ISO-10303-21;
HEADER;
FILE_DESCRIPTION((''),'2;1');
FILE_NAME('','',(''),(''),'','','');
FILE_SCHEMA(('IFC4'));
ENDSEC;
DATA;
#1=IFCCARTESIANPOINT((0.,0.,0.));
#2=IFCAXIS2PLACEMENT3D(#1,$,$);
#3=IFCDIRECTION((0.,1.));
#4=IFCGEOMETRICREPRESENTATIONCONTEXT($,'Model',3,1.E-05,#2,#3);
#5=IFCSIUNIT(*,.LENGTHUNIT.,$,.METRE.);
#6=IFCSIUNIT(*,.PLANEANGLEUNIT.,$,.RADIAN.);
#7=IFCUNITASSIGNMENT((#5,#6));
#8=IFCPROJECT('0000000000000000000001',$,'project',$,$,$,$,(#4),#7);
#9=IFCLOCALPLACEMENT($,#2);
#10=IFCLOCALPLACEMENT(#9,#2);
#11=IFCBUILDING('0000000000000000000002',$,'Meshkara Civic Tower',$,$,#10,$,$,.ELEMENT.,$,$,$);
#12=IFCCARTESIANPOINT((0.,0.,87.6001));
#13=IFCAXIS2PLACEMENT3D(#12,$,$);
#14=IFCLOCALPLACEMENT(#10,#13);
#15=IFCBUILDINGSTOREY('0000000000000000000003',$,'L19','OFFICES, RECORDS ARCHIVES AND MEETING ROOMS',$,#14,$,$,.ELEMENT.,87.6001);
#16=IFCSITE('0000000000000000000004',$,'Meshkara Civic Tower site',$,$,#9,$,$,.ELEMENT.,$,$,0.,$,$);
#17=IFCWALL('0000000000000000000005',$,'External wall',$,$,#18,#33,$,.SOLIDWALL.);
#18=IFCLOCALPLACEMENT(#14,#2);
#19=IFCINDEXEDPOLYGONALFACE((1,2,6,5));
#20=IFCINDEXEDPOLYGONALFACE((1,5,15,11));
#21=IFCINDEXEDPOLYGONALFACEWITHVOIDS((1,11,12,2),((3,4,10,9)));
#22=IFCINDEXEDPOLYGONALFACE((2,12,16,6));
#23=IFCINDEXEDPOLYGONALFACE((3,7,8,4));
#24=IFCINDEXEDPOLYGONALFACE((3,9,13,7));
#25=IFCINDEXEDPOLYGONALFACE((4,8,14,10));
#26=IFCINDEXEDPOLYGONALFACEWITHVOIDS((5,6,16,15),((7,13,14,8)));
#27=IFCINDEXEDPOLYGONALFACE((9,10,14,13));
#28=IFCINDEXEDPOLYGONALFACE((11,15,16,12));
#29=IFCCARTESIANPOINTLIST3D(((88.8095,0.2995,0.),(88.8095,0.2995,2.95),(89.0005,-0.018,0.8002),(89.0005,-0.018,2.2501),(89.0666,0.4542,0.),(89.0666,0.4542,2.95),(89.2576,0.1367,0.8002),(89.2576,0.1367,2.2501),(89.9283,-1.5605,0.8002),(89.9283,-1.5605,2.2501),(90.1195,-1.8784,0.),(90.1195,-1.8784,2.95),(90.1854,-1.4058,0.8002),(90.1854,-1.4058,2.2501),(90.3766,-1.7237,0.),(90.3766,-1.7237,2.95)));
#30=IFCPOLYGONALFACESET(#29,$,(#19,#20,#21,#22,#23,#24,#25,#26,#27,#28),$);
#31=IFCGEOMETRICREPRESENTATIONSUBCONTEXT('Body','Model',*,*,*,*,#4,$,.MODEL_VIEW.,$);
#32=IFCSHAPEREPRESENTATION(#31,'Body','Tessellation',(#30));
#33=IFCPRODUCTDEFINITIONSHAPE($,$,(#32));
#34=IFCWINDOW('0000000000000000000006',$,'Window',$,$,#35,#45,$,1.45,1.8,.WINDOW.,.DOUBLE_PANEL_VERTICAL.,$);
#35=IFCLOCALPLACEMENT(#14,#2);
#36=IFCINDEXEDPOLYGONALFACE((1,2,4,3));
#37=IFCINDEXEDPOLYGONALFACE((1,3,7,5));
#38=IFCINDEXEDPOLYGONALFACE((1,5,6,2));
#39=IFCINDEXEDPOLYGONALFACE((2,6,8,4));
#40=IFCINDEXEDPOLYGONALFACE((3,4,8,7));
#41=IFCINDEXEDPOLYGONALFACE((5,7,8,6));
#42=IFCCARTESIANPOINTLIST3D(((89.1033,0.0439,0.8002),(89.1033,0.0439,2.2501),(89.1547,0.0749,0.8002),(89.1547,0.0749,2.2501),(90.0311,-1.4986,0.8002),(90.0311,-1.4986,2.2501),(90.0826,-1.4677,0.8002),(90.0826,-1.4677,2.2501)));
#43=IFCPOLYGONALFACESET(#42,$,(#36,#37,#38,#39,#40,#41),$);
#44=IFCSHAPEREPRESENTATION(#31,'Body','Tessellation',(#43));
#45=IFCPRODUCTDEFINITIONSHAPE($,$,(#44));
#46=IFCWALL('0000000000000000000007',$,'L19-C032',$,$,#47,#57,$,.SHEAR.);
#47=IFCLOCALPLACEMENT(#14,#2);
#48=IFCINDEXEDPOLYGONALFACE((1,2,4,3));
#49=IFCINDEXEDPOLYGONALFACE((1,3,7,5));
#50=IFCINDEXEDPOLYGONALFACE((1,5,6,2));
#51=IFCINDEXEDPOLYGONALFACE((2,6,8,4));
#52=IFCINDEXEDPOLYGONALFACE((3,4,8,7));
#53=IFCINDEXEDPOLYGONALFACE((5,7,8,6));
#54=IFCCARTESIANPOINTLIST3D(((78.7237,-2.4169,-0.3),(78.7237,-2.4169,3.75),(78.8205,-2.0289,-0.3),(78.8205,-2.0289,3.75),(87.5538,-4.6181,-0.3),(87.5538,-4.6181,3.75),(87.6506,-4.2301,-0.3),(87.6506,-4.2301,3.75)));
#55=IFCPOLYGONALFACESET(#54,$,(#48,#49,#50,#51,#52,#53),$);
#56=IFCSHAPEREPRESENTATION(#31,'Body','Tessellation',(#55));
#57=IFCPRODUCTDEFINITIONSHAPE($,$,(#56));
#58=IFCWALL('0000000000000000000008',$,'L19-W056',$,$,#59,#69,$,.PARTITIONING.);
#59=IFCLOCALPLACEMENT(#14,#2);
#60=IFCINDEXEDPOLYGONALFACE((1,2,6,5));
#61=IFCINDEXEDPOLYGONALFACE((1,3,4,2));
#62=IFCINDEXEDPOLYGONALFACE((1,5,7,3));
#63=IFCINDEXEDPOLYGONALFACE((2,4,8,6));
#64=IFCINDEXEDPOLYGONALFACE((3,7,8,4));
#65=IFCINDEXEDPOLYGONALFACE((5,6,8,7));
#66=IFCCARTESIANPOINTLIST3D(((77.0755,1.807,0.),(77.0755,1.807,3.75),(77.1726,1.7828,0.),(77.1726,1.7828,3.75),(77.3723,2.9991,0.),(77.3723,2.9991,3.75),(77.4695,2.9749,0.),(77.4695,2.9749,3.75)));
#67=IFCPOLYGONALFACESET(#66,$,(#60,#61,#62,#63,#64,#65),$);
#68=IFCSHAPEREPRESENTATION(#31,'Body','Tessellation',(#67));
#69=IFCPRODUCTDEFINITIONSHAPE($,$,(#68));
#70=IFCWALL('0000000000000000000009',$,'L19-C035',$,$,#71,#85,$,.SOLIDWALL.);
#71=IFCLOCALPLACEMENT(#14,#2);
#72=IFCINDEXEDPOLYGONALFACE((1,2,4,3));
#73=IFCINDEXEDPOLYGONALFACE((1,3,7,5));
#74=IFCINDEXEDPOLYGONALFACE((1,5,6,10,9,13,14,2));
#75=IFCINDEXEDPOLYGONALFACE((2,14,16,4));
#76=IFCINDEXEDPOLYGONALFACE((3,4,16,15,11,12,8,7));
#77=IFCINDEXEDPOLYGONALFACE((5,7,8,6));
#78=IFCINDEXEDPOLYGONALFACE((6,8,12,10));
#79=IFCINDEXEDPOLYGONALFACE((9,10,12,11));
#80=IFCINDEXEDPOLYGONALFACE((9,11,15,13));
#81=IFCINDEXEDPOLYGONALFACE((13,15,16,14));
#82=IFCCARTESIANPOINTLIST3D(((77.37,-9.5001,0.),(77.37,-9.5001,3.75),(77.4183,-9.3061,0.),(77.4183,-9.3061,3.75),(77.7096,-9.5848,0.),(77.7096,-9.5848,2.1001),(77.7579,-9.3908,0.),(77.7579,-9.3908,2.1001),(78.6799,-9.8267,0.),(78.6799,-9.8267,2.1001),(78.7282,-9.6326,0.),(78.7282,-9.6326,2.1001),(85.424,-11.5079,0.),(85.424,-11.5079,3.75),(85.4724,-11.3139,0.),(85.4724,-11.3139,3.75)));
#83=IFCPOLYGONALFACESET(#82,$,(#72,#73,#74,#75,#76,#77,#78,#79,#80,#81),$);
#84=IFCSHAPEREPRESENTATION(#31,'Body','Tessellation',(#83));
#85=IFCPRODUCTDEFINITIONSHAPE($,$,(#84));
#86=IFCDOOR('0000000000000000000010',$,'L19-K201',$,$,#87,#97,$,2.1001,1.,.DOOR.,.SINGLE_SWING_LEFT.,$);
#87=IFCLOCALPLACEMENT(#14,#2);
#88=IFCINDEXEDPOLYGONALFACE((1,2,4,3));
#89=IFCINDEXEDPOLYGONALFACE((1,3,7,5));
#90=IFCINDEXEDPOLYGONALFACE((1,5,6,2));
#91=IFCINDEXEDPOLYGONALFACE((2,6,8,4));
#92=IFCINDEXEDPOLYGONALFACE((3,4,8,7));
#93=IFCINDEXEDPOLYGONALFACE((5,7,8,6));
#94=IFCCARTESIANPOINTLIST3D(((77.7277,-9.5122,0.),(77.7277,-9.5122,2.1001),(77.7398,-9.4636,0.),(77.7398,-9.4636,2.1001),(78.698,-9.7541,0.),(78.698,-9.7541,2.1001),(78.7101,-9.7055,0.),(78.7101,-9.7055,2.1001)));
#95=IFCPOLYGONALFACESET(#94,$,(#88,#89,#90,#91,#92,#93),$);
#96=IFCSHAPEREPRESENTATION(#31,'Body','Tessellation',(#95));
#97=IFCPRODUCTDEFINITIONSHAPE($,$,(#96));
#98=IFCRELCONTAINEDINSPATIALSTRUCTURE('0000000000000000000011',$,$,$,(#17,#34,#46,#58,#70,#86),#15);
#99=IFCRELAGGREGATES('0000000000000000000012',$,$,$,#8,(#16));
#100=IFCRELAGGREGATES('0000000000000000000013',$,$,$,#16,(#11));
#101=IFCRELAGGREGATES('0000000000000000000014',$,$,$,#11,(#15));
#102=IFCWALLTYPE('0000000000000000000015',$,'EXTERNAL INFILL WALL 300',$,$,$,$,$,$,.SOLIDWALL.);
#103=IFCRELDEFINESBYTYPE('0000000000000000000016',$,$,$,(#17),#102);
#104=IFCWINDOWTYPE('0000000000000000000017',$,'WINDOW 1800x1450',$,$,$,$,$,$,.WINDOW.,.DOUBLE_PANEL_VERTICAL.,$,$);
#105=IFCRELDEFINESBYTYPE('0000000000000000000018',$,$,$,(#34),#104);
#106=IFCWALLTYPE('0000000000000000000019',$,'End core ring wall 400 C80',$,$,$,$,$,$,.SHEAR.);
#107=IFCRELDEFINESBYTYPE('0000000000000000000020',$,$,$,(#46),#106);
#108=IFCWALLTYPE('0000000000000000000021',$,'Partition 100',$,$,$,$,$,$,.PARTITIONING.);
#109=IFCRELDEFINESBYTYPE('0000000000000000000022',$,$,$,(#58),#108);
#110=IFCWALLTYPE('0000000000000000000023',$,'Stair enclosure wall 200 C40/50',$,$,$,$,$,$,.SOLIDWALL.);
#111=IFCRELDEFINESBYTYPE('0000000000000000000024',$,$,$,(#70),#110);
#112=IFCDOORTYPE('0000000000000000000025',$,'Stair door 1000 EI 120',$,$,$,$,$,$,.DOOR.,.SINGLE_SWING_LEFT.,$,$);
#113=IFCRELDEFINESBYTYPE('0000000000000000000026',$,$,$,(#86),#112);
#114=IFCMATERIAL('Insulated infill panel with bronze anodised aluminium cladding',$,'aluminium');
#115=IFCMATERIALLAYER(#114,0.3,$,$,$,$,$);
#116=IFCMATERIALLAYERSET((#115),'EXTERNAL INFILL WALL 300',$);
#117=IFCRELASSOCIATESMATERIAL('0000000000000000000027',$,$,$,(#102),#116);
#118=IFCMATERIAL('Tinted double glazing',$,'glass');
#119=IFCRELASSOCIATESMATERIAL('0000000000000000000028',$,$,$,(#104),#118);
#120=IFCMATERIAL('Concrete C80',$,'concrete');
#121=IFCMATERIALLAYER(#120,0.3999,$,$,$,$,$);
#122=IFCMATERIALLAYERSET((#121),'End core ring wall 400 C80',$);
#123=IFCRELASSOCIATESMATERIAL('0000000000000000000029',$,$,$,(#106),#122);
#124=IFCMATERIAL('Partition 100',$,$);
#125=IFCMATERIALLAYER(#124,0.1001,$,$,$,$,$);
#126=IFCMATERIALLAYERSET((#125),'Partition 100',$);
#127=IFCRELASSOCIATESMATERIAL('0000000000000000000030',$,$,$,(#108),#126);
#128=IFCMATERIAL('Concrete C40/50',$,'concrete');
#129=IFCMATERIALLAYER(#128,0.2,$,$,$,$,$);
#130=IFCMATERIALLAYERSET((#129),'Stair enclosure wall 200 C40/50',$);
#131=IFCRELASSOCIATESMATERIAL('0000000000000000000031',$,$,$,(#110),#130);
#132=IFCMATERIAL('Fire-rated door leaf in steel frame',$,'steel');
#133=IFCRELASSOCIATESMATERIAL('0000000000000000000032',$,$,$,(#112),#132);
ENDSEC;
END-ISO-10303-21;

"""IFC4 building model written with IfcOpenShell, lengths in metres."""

from ifc_helpers import new_model, si_unit, direction, frame, frame_2d, origin, place, context, subcontext, project, spatial, rectangle, extrude, material, layer, layer_set, type_object, element, fill, save


model = new_model("IFC4")

# Units and contexts
model_context = context("Model", 3, precision=1e-05, world=origin(), true_north=direction((0.0, 1.0)))
body_context = subcontext(model_context, "Body", "Model", "MODEL_VIEW")
ifc_project = project(units=[si_unit("LENGTHUNIT", "METRE"), si_unit("PLANEANGLEUNIT", "RADIAN")], contexts=[model_context])

# Site, building, storey
site_placement = place(None, origin())
site = spatial("IfcSite", under=ifc_project, at=site_placement, Name="Meshkara Civic Tower site", CompositionType="ELEMENT", RefElevation=0.0)
building_placement = place(site_placement, origin())
building = spatial("IfcBuilding", under=site, at=building_placement, Name="Meshkara Civic Tower", CompositionType="ELEMENT")
storey_placement = place(building_placement, frame((0.0, 0.0, 87.6001)))
storey = spatial("IfcBuildingStorey", under=building, at=storey_placement, Name="L19", Description="OFFICES, RECORDS ARCHIVES AND MEETING ROOMS", CompositionType="ELEMENT", Elevation=87.6001)

# Wall, opening, window
ifc_material_1 = material(Name="Insulated infill panel with bronze anodised aluminium cladding", Category="aluminium")
ifc_layer_1 = layer(ifc_material_1, 0.3)
ifc_layer_set_1 = layer_set([ifc_layer_1], Name="EXTERNAL INFILL WALL 300")
wall_type_1 = type_object("IfcWallType", Name="EXTERNAL INFILL WALL 300", PredefinedType="SOLIDWALL", material=ifc_layer_set_1)
ifc_material_2 = material(Name="Tinted double glazing", Category="glass")
window_type_1 = type_object("IfcWindowType", Name="WINDOW 1800x1450", PartitioningType="DOUBLE_PANEL_VERTICAL", PredefinedType="WINDOW", material=ifc_material_2)
wall_1_placement = place(storey_placement, frame((90.248, -1.801, 0.0), z_axis=(0.0, 0.0, 1.0), x_axis=(-0.515442, 0.856925, 0.0)))
wall_1 = element("IfcWall", 1, at=wall_1_placement, inside=storey, type_object=wall_type_1, Name="External wall", PredefinedType="SOLIDWALL", context=body_context, shape_type="SweptSolid", body=[
    extrude(rectangle(XDim=2.5415, YDim=0.3, at=frame_2d((1.2708, 0.0))), origin(), (0.0, 0.0, 1.0), 2.95),
])
opening_1_placement = place(wall_1_placement, frame((0.3711, 0.0, 0.8)))
opening_1 = element("IfcOpeningElement", 2, at=opening_1_placement, cuts=wall_1, PredefinedType="OPENING", context=body_context, shape_type="SweptSolid", body=[
    extrude(rectangle(XDim=1.8, YDim=1.45, at=frame_2d((0.8999, 0.7251))), frame((0.0, 0.1599, 0.0), z_axis=(0.0, -1.0, 0.0), x_axis=(1.0, 0.0, 0.0)), (0.0, 0.0, 1.0), 0.3201),
])
window_1_placement = place(opening_1_placement, origin())
window_1 = element("IfcWindow", 3, at=window_1_placement, inside=storey, type_object=window_type_1, Name="Window", OverallHeight=1.45, OverallWidth=1.8, PartitioningType="DOUBLE_PANEL_VERTICAL", PredefinedType="WINDOW", context=body_context, shape_type="SweptSolid", body=[
    extrude(rectangle(XDim=1.8, YDim=1.45, at=frame_2d((0.8999, 0.7251))), frame((0.0, 0.03, 0.0), z_axis=(0.0, -1.0, 0.0), x_axis=(1.0, 0.0, 0.0)), (0.0, 0.0, 1.0), 0.0601),
])
fill(opening_1, window_1)

# Walls
ifc_material_3 = material(Name="Concrete C80", Category="concrete")
ifc_layer_2 = layer(ifc_material_3, 0.3999)
ifc_layer_set_2 = layer_set([ifc_layer_2], Name="End core ring wall 400 C80")
wall_type_2 = type_object("IfcWallType", Name="End core ring wall 400 C80", PredefinedType="SHEAR", material=ifc_layer_set_2)
wall_2_placement = place(storey_placement, frame((78.772, -2.2229, -0.3), z_axis=(0.0, 0.0, 1.0), x_axis=(0.970306, -0.241879, 0.0)))
element("IfcWall", 4, at=wall_2_placement, inside=storey, type_object=wall_type_2, Name="L19-C032", PredefinedType="SHEAR", context=body_context, shape_type="SweptSolid", body=[
    extrude(rectangle(XDim=9.1003, YDim=0.3999, at=frame_2d((4.5503, 0.0))), origin(), (0.0, 0.0, 1.0), 4.05),
])
ifc_material_4 = material(Name="Partition 100")
ifc_layer_3 = layer(ifc_material_4, 0.1001)
ifc_layer_set_3 = layer_set([ifc_layer_3], Name="Partition 100")
wall_type_3 = type_object("IfcWallType", Name="Partition 100", PredefinedType="PARTITIONING", material=ifc_layer_set_3)
wall_3_placement = place(storey_placement, frame((77.124, 1.7949, 0.0), z_axis=(0.0, 0.0, 1.0), x_axis=(0.241647, 0.970364, 0.0)))
element("IfcWall", 5, at=wall_3_placement, inside=storey, type_object=wall_type_3, Name="L19-W056", PredefinedType="PARTITIONING", context=body_context, shape_type="SweptSolid", body=[
    extrude(rectangle(XDim=1.2285, YDim=0.1001, at=frame_2d((0.6143, 0.0))), origin(), (0.0, 0.0, 1.0), 3.75),
])

# Wall, opening, door
ifc_material_5 = material(Name="Concrete C40/50", Category="concrete")
ifc_layer_4 = layer(ifc_material_5, 0.2)
ifc_layer_set_4 = layer_set([ifc_layer_4], Name="Stair enclosure wall 200 C40/50")
wall_type_4 = type_object("IfcWallType", Name="Stair enclosure wall 200 C40/50", PredefinedType="SOLIDWALL", material=ifc_layer_set_4)
wall_4_placement = place(storey_placement, frame((77.394, -9.4031, 0.0), z_axis=(0.0, 0.0, 1.0), x_axis=(0.970303, -0.241892, 0.0)))
wall_4 = element("IfcWall", 6, at=wall_4_placement, inside=storey, type_object=wall_type_4, Name="L19-C035", PredefinedType="SOLIDWALL", context=body_context, shape_type="SweptSolid", body=[
    extrude(rectangle(XDim=8.3005, YDim=0.2, at=frame_2d((4.1504, 0.0))), origin(), (0.0, 0.0, 1.0), 3.75),
])
opening_2_placement = place(wall_4_placement, frame((0.3501, 0.0, 0.0)))
opening_2 = element("IfcOpeningElement", 7, at=opening_2_placement, cuts=wall_4, PredefinedType="OPENING", context=body_context, shape_type="SweptSolid", body=[
    extrude(rectangle(XDim=1.0, YDim=2.1001, at=frame_2d((0.5, 1.05))), frame((0.0, 0.1099, 0.0), z_axis=(0.0, -1.0, 0.0), x_axis=(1.0, 0.0, 0.0)), (0.0, 0.0, 1.0), 0.22),
])
ifc_material_6 = material(Name="Fire-rated door leaf in steel frame", Category="steel")
door_type_1 = type_object("IfcDoorType", Name="Stair door 1000 EI 120", OperationType="SINGLE_SWING_LEFT", PredefinedType="DOOR", material=ifc_material_6)
door_1_placement = place(opening_2_placement, origin())
door_1 = element("IfcDoor", 8, at=door_1_placement, inside=storey, type_object=door_type_1, Name="L19-K201", OperationType="SINGLE_SWING_LEFT", OverallHeight=2.1001, OverallWidth=1.0, PredefinedType="DOOR", context=body_context, shape_type="SweptSolid", body=[
    extrude(rectangle(XDim=1.0, YDim=2.1001, at=frame_2d((0.5, 1.05))), frame((0.0, 0.0249, 0.0), z_axis=(0.0, -1.0, 0.0), x_axis=(1.0, 0.0, 0.0)), (0.0, 0.0, 1.0), 0.05),
])
fill(opening_2, door_1)

save(model, "model.ifc")
